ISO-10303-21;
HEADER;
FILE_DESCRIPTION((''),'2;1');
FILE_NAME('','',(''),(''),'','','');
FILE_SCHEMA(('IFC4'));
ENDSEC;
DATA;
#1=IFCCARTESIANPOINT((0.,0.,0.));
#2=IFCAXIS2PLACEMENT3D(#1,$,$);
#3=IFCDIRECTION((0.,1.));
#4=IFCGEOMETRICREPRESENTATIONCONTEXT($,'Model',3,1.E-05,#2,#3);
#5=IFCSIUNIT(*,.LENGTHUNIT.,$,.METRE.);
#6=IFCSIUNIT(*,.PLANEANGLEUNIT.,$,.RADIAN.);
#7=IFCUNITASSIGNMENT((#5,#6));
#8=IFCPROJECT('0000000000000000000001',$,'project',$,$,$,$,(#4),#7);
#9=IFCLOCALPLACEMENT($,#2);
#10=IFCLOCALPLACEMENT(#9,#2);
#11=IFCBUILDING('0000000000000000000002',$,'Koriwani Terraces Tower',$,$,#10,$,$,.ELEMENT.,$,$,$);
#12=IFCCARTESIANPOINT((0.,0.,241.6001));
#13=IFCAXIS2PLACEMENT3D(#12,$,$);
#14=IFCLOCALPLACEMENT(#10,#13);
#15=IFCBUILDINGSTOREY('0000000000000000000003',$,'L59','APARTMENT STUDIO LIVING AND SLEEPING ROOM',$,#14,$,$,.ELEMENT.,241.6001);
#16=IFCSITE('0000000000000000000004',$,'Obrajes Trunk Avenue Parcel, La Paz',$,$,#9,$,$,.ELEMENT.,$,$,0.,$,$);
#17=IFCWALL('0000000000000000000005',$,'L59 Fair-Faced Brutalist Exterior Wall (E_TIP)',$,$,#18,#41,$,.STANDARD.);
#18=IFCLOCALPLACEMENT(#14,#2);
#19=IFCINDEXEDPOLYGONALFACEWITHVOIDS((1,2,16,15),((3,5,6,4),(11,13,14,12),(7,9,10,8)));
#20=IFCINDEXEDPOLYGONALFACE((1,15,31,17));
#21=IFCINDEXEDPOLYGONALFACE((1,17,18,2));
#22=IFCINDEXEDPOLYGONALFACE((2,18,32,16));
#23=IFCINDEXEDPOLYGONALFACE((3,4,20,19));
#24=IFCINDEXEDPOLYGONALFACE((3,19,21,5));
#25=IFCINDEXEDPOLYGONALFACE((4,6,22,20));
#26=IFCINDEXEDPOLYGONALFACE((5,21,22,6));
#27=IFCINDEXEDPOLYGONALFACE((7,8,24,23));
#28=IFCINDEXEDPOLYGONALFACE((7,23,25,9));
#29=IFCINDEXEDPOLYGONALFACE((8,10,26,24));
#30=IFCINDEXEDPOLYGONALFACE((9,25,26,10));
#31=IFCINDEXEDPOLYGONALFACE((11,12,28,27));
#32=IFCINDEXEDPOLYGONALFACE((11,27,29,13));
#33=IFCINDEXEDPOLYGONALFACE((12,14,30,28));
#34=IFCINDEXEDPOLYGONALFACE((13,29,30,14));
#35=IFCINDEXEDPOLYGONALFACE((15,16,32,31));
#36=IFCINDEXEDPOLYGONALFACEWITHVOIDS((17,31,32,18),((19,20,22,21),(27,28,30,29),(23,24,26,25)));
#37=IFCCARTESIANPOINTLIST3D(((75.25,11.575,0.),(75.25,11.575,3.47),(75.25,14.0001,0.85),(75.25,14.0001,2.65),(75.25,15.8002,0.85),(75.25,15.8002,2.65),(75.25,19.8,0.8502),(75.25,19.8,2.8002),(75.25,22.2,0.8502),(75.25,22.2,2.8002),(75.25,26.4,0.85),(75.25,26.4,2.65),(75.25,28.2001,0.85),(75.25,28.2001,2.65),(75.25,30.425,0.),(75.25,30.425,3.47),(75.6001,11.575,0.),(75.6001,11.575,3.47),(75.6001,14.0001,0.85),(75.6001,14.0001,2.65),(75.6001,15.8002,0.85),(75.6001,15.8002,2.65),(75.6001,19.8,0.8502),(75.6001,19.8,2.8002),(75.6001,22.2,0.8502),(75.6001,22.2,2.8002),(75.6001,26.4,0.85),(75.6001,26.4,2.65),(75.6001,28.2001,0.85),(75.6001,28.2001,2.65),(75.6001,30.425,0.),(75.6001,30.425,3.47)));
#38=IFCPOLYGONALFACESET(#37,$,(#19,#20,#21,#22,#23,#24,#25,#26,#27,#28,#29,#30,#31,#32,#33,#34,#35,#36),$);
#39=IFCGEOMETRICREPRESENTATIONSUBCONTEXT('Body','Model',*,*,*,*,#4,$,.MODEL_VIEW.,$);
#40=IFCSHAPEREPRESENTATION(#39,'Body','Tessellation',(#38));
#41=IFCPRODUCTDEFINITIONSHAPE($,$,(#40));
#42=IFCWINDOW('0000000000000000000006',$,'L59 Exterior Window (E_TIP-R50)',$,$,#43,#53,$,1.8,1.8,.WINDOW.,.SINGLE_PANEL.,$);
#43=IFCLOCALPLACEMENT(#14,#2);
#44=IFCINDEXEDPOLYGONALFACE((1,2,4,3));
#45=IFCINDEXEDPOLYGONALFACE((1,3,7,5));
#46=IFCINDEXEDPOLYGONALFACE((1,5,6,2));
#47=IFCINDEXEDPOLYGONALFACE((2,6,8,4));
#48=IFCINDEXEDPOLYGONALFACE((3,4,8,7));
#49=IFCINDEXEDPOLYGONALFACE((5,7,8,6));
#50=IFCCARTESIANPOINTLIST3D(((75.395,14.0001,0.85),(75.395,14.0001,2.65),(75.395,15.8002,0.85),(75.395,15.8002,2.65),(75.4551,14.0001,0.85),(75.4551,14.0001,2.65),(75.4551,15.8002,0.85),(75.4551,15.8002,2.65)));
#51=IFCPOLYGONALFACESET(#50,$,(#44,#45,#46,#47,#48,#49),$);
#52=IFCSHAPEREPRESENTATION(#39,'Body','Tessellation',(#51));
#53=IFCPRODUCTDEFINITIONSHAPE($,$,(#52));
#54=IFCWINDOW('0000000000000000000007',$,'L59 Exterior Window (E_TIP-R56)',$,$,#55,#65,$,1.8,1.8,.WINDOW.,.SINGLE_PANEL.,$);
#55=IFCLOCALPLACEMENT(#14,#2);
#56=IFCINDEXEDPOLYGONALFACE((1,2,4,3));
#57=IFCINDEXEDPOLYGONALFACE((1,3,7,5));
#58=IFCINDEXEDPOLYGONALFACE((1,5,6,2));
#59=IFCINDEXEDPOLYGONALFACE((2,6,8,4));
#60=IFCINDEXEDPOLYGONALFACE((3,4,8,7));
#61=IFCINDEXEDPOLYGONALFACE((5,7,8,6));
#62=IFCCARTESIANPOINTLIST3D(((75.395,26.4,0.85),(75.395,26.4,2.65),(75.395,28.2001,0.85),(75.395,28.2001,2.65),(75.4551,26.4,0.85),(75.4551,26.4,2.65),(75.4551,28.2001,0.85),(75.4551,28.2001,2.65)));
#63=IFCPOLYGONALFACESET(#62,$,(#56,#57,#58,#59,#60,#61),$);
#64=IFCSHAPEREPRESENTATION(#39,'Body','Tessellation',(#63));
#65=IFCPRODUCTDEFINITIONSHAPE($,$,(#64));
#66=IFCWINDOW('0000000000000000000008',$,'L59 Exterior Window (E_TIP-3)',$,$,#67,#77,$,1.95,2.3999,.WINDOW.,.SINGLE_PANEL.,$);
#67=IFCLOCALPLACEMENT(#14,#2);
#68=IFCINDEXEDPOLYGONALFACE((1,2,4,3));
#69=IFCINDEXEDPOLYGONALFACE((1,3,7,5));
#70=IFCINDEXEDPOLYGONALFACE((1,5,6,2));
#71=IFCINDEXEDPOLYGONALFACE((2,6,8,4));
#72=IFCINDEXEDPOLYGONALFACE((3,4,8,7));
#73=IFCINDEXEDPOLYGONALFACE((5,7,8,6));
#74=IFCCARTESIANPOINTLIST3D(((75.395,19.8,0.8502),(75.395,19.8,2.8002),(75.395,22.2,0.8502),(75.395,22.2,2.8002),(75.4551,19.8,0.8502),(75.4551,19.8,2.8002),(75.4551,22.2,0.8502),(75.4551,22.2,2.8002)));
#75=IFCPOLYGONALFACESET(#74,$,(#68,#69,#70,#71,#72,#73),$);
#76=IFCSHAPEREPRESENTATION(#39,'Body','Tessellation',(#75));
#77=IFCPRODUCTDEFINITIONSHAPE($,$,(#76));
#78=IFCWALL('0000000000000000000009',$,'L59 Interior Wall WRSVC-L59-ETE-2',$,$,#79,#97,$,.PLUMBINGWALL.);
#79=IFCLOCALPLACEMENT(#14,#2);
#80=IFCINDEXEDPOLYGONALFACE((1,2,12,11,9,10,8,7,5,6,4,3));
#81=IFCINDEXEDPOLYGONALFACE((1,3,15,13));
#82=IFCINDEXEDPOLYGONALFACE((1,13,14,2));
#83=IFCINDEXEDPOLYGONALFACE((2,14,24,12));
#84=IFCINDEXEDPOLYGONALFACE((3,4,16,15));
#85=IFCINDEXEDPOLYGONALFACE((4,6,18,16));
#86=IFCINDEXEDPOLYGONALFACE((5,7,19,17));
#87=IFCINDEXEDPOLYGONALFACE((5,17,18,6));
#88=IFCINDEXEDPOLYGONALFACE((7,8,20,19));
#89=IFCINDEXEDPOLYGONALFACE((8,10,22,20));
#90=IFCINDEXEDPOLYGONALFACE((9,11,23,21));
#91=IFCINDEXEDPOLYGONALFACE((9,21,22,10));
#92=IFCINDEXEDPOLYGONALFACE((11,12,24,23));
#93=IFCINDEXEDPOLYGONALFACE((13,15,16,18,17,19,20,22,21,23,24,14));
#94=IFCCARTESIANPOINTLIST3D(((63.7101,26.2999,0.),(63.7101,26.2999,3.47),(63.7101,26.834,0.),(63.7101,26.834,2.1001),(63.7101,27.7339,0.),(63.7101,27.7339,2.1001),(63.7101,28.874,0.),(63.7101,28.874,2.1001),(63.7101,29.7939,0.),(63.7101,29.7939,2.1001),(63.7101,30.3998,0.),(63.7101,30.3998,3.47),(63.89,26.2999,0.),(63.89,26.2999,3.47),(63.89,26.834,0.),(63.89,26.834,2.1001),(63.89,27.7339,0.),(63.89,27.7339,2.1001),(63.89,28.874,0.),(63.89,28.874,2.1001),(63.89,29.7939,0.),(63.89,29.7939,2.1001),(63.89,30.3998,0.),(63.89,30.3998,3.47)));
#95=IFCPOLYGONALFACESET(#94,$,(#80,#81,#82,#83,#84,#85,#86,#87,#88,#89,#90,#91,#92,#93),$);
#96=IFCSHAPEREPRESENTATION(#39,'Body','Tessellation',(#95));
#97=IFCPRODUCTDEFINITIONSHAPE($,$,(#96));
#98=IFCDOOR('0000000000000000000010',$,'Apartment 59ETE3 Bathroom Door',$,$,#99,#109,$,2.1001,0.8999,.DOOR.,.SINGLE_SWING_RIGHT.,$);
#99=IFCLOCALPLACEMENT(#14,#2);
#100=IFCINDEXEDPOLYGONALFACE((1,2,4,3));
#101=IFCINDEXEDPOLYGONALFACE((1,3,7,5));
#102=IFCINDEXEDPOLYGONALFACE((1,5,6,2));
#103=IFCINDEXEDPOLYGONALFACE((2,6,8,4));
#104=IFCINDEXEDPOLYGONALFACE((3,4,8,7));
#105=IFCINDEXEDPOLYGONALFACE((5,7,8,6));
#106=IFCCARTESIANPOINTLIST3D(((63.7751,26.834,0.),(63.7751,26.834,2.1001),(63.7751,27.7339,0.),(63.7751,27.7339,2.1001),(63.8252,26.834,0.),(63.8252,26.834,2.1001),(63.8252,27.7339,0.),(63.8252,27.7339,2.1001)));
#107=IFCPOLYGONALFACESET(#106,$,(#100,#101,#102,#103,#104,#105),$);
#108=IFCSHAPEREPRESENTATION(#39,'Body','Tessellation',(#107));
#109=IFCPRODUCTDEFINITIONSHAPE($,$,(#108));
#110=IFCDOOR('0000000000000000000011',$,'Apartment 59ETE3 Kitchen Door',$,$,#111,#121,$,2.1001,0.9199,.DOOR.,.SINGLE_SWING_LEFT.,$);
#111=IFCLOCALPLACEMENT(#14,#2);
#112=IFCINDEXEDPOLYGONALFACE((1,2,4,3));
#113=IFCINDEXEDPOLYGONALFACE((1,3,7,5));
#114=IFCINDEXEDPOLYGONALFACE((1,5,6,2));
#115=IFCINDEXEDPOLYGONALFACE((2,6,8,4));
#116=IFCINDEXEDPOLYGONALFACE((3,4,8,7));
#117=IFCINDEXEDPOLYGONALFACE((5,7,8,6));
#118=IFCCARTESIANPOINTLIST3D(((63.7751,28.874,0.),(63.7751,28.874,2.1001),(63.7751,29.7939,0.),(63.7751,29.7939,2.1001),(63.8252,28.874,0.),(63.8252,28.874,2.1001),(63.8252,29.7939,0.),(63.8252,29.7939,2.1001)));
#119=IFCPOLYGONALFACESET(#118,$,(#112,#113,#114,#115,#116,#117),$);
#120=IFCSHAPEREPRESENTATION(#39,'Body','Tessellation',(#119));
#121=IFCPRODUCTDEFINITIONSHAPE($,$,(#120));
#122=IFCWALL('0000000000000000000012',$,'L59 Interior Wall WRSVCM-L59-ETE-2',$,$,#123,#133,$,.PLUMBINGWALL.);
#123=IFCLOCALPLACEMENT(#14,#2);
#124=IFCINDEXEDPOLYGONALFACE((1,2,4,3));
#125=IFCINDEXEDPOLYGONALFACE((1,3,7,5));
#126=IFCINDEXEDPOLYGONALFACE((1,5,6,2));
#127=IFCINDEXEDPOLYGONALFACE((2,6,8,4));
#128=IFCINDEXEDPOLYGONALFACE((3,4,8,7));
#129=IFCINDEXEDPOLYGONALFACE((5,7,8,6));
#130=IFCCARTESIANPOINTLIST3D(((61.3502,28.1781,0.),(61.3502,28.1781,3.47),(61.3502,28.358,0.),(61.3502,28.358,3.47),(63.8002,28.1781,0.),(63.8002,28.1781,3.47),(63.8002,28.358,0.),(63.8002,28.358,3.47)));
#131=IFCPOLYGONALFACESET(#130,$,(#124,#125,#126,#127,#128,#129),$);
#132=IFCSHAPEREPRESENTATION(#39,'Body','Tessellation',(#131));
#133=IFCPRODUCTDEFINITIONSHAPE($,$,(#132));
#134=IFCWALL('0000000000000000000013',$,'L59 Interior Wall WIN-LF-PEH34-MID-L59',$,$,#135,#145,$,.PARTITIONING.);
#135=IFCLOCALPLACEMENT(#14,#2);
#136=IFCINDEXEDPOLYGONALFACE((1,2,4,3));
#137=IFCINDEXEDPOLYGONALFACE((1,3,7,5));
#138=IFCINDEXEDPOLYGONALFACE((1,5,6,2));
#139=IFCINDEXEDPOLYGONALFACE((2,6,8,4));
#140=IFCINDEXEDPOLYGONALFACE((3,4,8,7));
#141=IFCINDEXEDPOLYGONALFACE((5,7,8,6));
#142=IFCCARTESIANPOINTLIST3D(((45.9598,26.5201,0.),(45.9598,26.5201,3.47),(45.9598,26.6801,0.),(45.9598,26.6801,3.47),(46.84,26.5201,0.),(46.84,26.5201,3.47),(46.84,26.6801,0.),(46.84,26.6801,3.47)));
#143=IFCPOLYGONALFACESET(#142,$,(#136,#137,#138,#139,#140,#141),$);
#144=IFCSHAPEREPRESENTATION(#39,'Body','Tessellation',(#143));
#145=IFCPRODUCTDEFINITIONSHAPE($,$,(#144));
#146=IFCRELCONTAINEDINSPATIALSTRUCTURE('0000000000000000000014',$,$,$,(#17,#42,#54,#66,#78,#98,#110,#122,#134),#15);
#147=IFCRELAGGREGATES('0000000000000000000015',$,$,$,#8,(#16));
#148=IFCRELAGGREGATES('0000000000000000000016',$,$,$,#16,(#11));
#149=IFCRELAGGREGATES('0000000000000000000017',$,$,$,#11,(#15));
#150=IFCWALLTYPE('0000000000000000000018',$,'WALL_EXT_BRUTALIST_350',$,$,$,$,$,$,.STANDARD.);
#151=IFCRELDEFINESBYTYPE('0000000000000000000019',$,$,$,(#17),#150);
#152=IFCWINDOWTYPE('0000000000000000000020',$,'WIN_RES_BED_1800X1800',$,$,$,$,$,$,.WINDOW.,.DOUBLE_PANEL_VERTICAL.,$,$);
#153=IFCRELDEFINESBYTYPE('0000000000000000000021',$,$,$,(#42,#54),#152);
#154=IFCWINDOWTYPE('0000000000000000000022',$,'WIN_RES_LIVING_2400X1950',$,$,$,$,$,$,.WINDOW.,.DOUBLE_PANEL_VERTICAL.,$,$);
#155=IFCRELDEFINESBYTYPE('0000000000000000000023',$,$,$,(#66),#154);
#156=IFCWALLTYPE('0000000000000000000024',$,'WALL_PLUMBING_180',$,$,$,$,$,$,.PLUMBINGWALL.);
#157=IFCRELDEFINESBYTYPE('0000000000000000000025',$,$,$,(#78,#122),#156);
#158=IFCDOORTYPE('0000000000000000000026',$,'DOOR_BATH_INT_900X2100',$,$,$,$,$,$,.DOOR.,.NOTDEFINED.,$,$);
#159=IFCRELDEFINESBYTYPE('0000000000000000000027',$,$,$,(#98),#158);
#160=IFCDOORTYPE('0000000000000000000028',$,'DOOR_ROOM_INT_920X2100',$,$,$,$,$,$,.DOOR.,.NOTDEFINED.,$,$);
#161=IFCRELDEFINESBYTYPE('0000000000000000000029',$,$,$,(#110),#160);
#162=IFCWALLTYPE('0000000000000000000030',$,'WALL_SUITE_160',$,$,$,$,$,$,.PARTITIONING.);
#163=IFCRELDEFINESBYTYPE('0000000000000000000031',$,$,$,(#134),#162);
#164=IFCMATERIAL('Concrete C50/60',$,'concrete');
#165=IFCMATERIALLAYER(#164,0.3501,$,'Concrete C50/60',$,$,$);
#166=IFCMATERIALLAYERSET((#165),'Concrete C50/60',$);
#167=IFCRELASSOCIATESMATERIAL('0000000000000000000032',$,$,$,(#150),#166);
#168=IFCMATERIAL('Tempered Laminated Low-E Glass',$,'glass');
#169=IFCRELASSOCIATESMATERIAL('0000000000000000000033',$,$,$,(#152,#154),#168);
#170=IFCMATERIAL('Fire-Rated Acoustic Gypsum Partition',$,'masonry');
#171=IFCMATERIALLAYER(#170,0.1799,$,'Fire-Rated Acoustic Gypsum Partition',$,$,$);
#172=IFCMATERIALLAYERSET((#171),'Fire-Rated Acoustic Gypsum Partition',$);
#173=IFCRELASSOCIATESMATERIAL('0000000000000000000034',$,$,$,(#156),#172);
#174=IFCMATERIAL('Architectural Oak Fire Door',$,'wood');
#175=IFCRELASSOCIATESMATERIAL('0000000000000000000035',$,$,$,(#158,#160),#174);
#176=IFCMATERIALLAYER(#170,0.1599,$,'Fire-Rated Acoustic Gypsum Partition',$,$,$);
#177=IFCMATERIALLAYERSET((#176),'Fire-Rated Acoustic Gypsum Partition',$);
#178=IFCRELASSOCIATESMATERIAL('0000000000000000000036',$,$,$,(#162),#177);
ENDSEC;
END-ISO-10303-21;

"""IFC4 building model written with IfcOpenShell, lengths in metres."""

from ifc_helpers import new_model, si_unit, direction, frame, frame_2d, origin, place, context, subcontext, project, spatial, rectangle, extrude, material, layer, layer_set, type_object, element, fill, save


model = new_model("IFC4")

# Units and contexts
model_context = context("Model", 3, precision=1e-05, world=origin(), true_north=direction((0.0, 1.0)))
body_context = subcontext(model_context, "Body", "Model", "MODEL_VIEW")
ifc_project = project(units=[si_unit("LENGTHUNIT", "METRE"), si_unit("PLANEANGLEUNIT", "RADIAN")], contexts=[model_context])

# Site, building, storey
site_placement = place(None, origin())
site = spatial("IfcSite", under=ifc_project, at=site_placement, Name="Obrajes Trunk Avenue Parcel, La Paz", CompositionType="ELEMENT", RefElevation=0.0)
building_placement = place(site_placement, origin())
building = spatial("IfcBuilding", under=site, at=building_placement, Name="Koriwani Terraces Tower", CompositionType="ELEMENT")
storey_placement = place(building_placement, frame((0.0, 0.0, 241.6001)))
storey = spatial("IfcBuildingStorey", under=building, at=storey_placement, Name="L59", Description="APARTMENT STUDIO LIVING AND SLEEPING ROOM", CompositionType="ELEMENT", Elevation=241.6001)

# Shared definitions
ifc_material_1 = material(Name="Concrete C50/60", Category="concrete")

# Shared definitions
ifc_layer_1 = layer(ifc_material_1, 0.3501, Name="Concrete C50/60")
ifc_layer_set_1 = layer_set([ifc_layer_1], Name="Concrete C50/60")
wall_type_1 = type_object("IfcWallType", Name="WALL_EXT_BRUTALIST_350", PredefinedType="STANDARD", material=ifc_layer_set_1)

# Shared definitions
ifc_material_2 = material(Name="Tempered Laminated Low-E Glass", Category="glass")
window_type_1 = type_object("IfcWindowType", Name="WIN_RES_BED_1800X1800", PartitioningType="DOUBLE_PANEL_VERTICAL", PredefinedType="WINDOW", material=ifc_material_2)

# Wall, openings, windows
wall_1_placement = place(storey_placement, frame((75.425, 30.425, 0.0), z_axis=(0.0, 0.0, 1.0), x_axis=(0.0, -1.0, 0.0)))
wall_1 = element("IfcWall", 1, at=wall_1_placement, inside=storey, type_object=wall_type_1, Name="L59 Fair-Faced Brutalist Exterior Wall (E_TIP)", PredefinedType="STANDARD", context=body_context, shape_type="SweptSolid", body=[
    extrude(rectangle(XDim=18.8501, YDim=0.3501, at=frame_2d((9.425, 0.0))), origin(), (0.0, 0.0, 1.0), 3.47),
])
opening_1_placement = place(wall_1_placement, frame((8.2251, 0.0, 0.8501)))
opening_1 = element("IfcOpeningElement", 2, at=opening_1_placement, cuts=wall_1, PredefinedType="OPENING", context=body_context, shape_type="SweptSolid", body=[
    extrude(rectangle(XDim=2.3999, YDim=1.95, at=frame_2d((1.2, 0.9751))), frame((0.0, 0.1851, 0.0), z_axis=(0.0, -1.0, 0.0), x_axis=(1.0, 0.0, 0.0)), (0.0, 0.0, 1.0), 0.3701),
])
opening_2_placement = place(wall_1_placement, frame((14.625, 0.0, 0.8501)))
opening_2 = element("IfcOpeningElement", 3, at=opening_2_placement, cuts=wall_1, PredefinedType="OPENING", context=body_context, shape_type="SweptSolid", body=[
    extrude(rectangle(XDim=1.8, YDim=1.8, at=frame_2d((0.8999, 0.8999))), frame((0.0, 0.1851, 0.0), z_axis=(0.0, -1.0, 0.0), x_axis=(1.0, 0.0, 0.0)), (0.0, 0.0, 1.0), 0.3701),
])
opening_3_placement = place(wall_1_placement, frame((2.2251, 0.0, 0.8501)))
opening_3 = element("IfcOpeningElement", 4, at=opening_3_placement, cuts=wall_1, PredefinedType="OPENING", context=body_context, shape_type="SweptSolid", body=[
    extrude(rectangle(XDim=1.8, YDim=1.8, at=frame_2d((0.8999, 0.8999))), frame((0.0, 0.1851, 0.0), z_axis=(0.0, -1.0, 0.0), x_axis=(1.0, 0.0, 0.0)), (0.0, 0.0, 1.0), 0.3701),
])
window_1_placement = place(opening_2_placement, origin())
window_1 = element("IfcWindow", 5, at=window_1_placement, inside=storey, type_object=window_type_1, Name="L59 Exterior Window (E_TIP-R50)", OverallHeight=1.8, OverallWidth=1.8, PartitioningType="SINGLE_PANEL", PredefinedType="WINDOW", context=body_context, shape_type="SweptSolid", body=[
    extrude(rectangle(XDim=1.8, YDim=1.8, at=frame_2d((0.8999, 0.8999))), frame((0.0, 0.03, 0.0), z_axis=(0.0, -1.0, 0.0), x_axis=(1.0, 0.0, 0.0)), (0.0, 0.0, 1.0), 0.0601),
])
fill(opening_2, window_1)
window_2_placement = place(opening_3_placement, origin())
window_2 = element("IfcWindow", 6, at=window_2_placement, inside=storey, type_object=window_type_1, Name="L59 Exterior Window (E_TIP-R56)", OverallHeight=1.8, OverallWidth=1.8, PartitioningType="SINGLE_PANEL", PredefinedType="WINDOW", context=body_context, shape_type="SweptSolid", body=[
    extrude(rectangle(XDim=1.8, YDim=1.8, at=frame_2d((0.8999, 0.8999))), frame((0.0, 0.03, 0.0), z_axis=(0.0, -1.0, 0.0), x_axis=(1.0, 0.0, 0.0)), (0.0, 0.0, 1.0), 0.0601),
])
fill(opening_3, window_2)
window_type_2 = type_object("IfcWindowType", Name="WIN_RES_LIVING_2400X1950", PartitioningType="DOUBLE_PANEL_VERTICAL", PredefinedType="WINDOW", material=ifc_material_2)
window_3_placement = place(opening_1_placement, origin())
window_3 = element("IfcWindow", 7, at=window_3_placement, inside=storey, type_object=window_type_2, Name="L59 Exterior Window (E_TIP-3)", OverallHeight=1.95, OverallWidth=2.3999, PartitioningType="SINGLE_PANEL", PredefinedType="WINDOW", context=body_context, shape_type="SweptSolid", body=[
    extrude(rectangle(XDim=2.3999, YDim=1.95, at=frame_2d((1.2, 0.9751))), frame((0.0, 0.03, 0.0), z_axis=(0.0, -1.0, 0.0), x_axis=(1.0, 0.0, 0.0)), (0.0, 0.0, 1.0), 0.0601),
])
fill(opening_1, window_3)

# Wall, openings, doors
ifc_material_3 = material(Name="Fire-Rated Acoustic Gypsum Partition", Category="masonry")
ifc_layer_2 = layer(ifc_material_3, 0.1799, Name="Fire-Rated Acoustic Gypsum Partition")
ifc_layer_set_2 = layer_set([ifc_layer_2], Name="Fire-Rated Acoustic Gypsum Partition")
wall_type_2 = type_object("IfcWallType", Name="WALL_PLUMBING_180", PredefinedType="PLUMBINGWALL", material=ifc_layer_set_2)
wall_2_placement = place(storey_placement, frame((63.8, 26.3, 0.0), z_axis=(0.0, 0.0, 1.0), x_axis=(0.0, 1.0, 0.0)))
wall_2 = element("IfcWall", 8, at=wall_2_placement, inside=storey, type_object=wall_type_2, Name="L59 Interior Wall WRSVC-L59-ETE-2", PredefinedType="PLUMBINGWALL", context=body_context, shape_type="SweptSolid", body=[
    extrude(rectangle(XDim=4.0999, YDim=0.1799, at=frame_2d((2.0498, 0.0))), origin(), (0.0, 0.0, 1.0), 3.47),
])
opening_4_placement = place(wall_2_placement, frame((0.5339, 0.0, 0.0)))
opening_4 = element("IfcOpeningElement", 9, at=opening_4_placement, cuts=wall_2, PredefinedType="OPENING", context=body_context, shape_type="SweptSolid", body=[
    extrude(rectangle(XDim=0.8999, YDim=2.1001, at=frame_2d((0.45, 1.05))), frame((0.0, 0.1001, 0.0), z_axis=(0.0, -1.0, 0.0), x_axis=(1.0, 0.0, 0.0)), (0.0, 0.0, 1.0), 0.2),
])
opening_5_placement = place(wall_2_placement, frame((2.574, 0.0, 0.0)))
opening_5 = element("IfcOpeningElement", 10, at=opening_5_placement, cuts=wall_2, PredefinedType="OPENING", context=body_context, shape_type="SweptSolid", body=[
    extrude(rectangle(XDim=0.9199, YDim=2.1001, at=frame_2d((0.46, 1.05))), frame((0.0, 0.1001, 0.0), z_axis=(0.0, -1.0, 0.0), x_axis=(1.0, 0.0, 0.0)), (0.0, 0.0, 1.0), 0.2),
])
ifc_material_4 = material(Name="Architectural Oak Fire Door", Category="wood")
door_type_1 = type_object("IfcDoorType", Name="DOOR_BATH_INT_900X2100", OperationType="NOTDEFINED", PredefinedType="DOOR", material=ifc_material_4)
door_1_placement = place(opening_4_placement, origin())
door_1 = element("IfcDoor", 11, at=door_1_placement, inside=storey, type_object=door_type_1, Name="Apartment 59ETE3 Bathroom Door", OperationType="SINGLE_SWING_RIGHT", OverallHeight=2.1001, OverallWidth=0.8999, PredefinedType="DOOR", context=body_context, shape_type="SweptSolid", body=[
    extrude(rectangle(XDim=0.8999, YDim=2.1001, at=frame_2d((0.45, 1.05))), frame((0.0, 0.0249, 0.0), z_axis=(0.0, -1.0, 0.0), x_axis=(1.0, 0.0, 0.0)), (0.0, 0.0, 1.0), 0.05),
])
fill(opening_4, door_1)
door_type_2 = type_object("IfcDoorType", Name="DOOR_ROOM_INT_920X2100", OperationType="NOTDEFINED", PredefinedType="DOOR", material=ifc_material_4)
door_2_placement = place(opening_5_placement, origin())
door_2 = element("IfcDoor", 12, at=door_2_placement, inside=storey, type_object=door_type_2, Name="Apartment 59ETE3 Kitchen Door", OperationType="SINGLE_SWING_LEFT", OverallHeight=2.1001, OverallWidth=0.9199, PredefinedType="DOOR", context=body_context, shape_type="SweptSolid", body=[
    extrude(rectangle(XDim=0.9199, YDim=2.1001, at=frame_2d((0.46, 1.05))), frame((0.0, 0.0249, 0.0), z_axis=(0.0, -1.0, 0.0), x_axis=(1.0, 0.0, 0.0)), (0.0, 0.0, 1.0), 0.05),
])
fill(opening_5, door_2)

# Wall
wall_3_placement = place(storey_placement, frame((61.3501, 28.2681, 0.0), z_axis=(0.0, 0.0, 1.0), x_axis=(1.0, 0.0, 0.0)))
element("IfcWall", 13, at=wall_3_placement, inside=storey, type_object=wall_type_2, Name="L59 Interior Wall WRSVCM-L59-ETE-2", PredefinedType="PLUMBINGWALL", context=body_context, shape_type="SweptSolid", body=[
    extrude(rectangle(XDim=2.45, YDim=0.1799, at=frame_2d((1.2251, 0.0))), origin(), (0.0, 0.0, 1.0), 3.47),
])

# Wall
ifc_layer_3 = layer(ifc_material_3, 0.1599, Name="Fire-Rated Acoustic Gypsum Partition")
ifc_layer_set_3 = layer_set([ifc_layer_3], Name="Fire-Rated Acoustic Gypsum Partition")
wall_type_3 = type_object("IfcWallType", Name="WALL_SUITE_160", PredefinedType="PARTITIONING", material=ifc_layer_set_3)
wall_4_placement = place(storey_placement, frame((45.96, 26.6001, 0.0), z_axis=(0.0, 0.0, 1.0), x_axis=(1.0, 0.0, 0.0)))
element("IfcWall", 14, at=wall_4_placement, inside=storey, type_object=wall_type_3, Name="L59 Interior Wall WIN-LF-PEH34-MID-L59", PredefinedType="PARTITIONING", context=body_context, shape_type="SweptSolid", body=[
    extrude(rectangle(XDim=0.8801, YDim=0.1599, at=frame_2d((0.4399, 0.0))), origin(), (0.0, 0.0, 1.0), 3.47),
])

save(model, "model.ifc")
